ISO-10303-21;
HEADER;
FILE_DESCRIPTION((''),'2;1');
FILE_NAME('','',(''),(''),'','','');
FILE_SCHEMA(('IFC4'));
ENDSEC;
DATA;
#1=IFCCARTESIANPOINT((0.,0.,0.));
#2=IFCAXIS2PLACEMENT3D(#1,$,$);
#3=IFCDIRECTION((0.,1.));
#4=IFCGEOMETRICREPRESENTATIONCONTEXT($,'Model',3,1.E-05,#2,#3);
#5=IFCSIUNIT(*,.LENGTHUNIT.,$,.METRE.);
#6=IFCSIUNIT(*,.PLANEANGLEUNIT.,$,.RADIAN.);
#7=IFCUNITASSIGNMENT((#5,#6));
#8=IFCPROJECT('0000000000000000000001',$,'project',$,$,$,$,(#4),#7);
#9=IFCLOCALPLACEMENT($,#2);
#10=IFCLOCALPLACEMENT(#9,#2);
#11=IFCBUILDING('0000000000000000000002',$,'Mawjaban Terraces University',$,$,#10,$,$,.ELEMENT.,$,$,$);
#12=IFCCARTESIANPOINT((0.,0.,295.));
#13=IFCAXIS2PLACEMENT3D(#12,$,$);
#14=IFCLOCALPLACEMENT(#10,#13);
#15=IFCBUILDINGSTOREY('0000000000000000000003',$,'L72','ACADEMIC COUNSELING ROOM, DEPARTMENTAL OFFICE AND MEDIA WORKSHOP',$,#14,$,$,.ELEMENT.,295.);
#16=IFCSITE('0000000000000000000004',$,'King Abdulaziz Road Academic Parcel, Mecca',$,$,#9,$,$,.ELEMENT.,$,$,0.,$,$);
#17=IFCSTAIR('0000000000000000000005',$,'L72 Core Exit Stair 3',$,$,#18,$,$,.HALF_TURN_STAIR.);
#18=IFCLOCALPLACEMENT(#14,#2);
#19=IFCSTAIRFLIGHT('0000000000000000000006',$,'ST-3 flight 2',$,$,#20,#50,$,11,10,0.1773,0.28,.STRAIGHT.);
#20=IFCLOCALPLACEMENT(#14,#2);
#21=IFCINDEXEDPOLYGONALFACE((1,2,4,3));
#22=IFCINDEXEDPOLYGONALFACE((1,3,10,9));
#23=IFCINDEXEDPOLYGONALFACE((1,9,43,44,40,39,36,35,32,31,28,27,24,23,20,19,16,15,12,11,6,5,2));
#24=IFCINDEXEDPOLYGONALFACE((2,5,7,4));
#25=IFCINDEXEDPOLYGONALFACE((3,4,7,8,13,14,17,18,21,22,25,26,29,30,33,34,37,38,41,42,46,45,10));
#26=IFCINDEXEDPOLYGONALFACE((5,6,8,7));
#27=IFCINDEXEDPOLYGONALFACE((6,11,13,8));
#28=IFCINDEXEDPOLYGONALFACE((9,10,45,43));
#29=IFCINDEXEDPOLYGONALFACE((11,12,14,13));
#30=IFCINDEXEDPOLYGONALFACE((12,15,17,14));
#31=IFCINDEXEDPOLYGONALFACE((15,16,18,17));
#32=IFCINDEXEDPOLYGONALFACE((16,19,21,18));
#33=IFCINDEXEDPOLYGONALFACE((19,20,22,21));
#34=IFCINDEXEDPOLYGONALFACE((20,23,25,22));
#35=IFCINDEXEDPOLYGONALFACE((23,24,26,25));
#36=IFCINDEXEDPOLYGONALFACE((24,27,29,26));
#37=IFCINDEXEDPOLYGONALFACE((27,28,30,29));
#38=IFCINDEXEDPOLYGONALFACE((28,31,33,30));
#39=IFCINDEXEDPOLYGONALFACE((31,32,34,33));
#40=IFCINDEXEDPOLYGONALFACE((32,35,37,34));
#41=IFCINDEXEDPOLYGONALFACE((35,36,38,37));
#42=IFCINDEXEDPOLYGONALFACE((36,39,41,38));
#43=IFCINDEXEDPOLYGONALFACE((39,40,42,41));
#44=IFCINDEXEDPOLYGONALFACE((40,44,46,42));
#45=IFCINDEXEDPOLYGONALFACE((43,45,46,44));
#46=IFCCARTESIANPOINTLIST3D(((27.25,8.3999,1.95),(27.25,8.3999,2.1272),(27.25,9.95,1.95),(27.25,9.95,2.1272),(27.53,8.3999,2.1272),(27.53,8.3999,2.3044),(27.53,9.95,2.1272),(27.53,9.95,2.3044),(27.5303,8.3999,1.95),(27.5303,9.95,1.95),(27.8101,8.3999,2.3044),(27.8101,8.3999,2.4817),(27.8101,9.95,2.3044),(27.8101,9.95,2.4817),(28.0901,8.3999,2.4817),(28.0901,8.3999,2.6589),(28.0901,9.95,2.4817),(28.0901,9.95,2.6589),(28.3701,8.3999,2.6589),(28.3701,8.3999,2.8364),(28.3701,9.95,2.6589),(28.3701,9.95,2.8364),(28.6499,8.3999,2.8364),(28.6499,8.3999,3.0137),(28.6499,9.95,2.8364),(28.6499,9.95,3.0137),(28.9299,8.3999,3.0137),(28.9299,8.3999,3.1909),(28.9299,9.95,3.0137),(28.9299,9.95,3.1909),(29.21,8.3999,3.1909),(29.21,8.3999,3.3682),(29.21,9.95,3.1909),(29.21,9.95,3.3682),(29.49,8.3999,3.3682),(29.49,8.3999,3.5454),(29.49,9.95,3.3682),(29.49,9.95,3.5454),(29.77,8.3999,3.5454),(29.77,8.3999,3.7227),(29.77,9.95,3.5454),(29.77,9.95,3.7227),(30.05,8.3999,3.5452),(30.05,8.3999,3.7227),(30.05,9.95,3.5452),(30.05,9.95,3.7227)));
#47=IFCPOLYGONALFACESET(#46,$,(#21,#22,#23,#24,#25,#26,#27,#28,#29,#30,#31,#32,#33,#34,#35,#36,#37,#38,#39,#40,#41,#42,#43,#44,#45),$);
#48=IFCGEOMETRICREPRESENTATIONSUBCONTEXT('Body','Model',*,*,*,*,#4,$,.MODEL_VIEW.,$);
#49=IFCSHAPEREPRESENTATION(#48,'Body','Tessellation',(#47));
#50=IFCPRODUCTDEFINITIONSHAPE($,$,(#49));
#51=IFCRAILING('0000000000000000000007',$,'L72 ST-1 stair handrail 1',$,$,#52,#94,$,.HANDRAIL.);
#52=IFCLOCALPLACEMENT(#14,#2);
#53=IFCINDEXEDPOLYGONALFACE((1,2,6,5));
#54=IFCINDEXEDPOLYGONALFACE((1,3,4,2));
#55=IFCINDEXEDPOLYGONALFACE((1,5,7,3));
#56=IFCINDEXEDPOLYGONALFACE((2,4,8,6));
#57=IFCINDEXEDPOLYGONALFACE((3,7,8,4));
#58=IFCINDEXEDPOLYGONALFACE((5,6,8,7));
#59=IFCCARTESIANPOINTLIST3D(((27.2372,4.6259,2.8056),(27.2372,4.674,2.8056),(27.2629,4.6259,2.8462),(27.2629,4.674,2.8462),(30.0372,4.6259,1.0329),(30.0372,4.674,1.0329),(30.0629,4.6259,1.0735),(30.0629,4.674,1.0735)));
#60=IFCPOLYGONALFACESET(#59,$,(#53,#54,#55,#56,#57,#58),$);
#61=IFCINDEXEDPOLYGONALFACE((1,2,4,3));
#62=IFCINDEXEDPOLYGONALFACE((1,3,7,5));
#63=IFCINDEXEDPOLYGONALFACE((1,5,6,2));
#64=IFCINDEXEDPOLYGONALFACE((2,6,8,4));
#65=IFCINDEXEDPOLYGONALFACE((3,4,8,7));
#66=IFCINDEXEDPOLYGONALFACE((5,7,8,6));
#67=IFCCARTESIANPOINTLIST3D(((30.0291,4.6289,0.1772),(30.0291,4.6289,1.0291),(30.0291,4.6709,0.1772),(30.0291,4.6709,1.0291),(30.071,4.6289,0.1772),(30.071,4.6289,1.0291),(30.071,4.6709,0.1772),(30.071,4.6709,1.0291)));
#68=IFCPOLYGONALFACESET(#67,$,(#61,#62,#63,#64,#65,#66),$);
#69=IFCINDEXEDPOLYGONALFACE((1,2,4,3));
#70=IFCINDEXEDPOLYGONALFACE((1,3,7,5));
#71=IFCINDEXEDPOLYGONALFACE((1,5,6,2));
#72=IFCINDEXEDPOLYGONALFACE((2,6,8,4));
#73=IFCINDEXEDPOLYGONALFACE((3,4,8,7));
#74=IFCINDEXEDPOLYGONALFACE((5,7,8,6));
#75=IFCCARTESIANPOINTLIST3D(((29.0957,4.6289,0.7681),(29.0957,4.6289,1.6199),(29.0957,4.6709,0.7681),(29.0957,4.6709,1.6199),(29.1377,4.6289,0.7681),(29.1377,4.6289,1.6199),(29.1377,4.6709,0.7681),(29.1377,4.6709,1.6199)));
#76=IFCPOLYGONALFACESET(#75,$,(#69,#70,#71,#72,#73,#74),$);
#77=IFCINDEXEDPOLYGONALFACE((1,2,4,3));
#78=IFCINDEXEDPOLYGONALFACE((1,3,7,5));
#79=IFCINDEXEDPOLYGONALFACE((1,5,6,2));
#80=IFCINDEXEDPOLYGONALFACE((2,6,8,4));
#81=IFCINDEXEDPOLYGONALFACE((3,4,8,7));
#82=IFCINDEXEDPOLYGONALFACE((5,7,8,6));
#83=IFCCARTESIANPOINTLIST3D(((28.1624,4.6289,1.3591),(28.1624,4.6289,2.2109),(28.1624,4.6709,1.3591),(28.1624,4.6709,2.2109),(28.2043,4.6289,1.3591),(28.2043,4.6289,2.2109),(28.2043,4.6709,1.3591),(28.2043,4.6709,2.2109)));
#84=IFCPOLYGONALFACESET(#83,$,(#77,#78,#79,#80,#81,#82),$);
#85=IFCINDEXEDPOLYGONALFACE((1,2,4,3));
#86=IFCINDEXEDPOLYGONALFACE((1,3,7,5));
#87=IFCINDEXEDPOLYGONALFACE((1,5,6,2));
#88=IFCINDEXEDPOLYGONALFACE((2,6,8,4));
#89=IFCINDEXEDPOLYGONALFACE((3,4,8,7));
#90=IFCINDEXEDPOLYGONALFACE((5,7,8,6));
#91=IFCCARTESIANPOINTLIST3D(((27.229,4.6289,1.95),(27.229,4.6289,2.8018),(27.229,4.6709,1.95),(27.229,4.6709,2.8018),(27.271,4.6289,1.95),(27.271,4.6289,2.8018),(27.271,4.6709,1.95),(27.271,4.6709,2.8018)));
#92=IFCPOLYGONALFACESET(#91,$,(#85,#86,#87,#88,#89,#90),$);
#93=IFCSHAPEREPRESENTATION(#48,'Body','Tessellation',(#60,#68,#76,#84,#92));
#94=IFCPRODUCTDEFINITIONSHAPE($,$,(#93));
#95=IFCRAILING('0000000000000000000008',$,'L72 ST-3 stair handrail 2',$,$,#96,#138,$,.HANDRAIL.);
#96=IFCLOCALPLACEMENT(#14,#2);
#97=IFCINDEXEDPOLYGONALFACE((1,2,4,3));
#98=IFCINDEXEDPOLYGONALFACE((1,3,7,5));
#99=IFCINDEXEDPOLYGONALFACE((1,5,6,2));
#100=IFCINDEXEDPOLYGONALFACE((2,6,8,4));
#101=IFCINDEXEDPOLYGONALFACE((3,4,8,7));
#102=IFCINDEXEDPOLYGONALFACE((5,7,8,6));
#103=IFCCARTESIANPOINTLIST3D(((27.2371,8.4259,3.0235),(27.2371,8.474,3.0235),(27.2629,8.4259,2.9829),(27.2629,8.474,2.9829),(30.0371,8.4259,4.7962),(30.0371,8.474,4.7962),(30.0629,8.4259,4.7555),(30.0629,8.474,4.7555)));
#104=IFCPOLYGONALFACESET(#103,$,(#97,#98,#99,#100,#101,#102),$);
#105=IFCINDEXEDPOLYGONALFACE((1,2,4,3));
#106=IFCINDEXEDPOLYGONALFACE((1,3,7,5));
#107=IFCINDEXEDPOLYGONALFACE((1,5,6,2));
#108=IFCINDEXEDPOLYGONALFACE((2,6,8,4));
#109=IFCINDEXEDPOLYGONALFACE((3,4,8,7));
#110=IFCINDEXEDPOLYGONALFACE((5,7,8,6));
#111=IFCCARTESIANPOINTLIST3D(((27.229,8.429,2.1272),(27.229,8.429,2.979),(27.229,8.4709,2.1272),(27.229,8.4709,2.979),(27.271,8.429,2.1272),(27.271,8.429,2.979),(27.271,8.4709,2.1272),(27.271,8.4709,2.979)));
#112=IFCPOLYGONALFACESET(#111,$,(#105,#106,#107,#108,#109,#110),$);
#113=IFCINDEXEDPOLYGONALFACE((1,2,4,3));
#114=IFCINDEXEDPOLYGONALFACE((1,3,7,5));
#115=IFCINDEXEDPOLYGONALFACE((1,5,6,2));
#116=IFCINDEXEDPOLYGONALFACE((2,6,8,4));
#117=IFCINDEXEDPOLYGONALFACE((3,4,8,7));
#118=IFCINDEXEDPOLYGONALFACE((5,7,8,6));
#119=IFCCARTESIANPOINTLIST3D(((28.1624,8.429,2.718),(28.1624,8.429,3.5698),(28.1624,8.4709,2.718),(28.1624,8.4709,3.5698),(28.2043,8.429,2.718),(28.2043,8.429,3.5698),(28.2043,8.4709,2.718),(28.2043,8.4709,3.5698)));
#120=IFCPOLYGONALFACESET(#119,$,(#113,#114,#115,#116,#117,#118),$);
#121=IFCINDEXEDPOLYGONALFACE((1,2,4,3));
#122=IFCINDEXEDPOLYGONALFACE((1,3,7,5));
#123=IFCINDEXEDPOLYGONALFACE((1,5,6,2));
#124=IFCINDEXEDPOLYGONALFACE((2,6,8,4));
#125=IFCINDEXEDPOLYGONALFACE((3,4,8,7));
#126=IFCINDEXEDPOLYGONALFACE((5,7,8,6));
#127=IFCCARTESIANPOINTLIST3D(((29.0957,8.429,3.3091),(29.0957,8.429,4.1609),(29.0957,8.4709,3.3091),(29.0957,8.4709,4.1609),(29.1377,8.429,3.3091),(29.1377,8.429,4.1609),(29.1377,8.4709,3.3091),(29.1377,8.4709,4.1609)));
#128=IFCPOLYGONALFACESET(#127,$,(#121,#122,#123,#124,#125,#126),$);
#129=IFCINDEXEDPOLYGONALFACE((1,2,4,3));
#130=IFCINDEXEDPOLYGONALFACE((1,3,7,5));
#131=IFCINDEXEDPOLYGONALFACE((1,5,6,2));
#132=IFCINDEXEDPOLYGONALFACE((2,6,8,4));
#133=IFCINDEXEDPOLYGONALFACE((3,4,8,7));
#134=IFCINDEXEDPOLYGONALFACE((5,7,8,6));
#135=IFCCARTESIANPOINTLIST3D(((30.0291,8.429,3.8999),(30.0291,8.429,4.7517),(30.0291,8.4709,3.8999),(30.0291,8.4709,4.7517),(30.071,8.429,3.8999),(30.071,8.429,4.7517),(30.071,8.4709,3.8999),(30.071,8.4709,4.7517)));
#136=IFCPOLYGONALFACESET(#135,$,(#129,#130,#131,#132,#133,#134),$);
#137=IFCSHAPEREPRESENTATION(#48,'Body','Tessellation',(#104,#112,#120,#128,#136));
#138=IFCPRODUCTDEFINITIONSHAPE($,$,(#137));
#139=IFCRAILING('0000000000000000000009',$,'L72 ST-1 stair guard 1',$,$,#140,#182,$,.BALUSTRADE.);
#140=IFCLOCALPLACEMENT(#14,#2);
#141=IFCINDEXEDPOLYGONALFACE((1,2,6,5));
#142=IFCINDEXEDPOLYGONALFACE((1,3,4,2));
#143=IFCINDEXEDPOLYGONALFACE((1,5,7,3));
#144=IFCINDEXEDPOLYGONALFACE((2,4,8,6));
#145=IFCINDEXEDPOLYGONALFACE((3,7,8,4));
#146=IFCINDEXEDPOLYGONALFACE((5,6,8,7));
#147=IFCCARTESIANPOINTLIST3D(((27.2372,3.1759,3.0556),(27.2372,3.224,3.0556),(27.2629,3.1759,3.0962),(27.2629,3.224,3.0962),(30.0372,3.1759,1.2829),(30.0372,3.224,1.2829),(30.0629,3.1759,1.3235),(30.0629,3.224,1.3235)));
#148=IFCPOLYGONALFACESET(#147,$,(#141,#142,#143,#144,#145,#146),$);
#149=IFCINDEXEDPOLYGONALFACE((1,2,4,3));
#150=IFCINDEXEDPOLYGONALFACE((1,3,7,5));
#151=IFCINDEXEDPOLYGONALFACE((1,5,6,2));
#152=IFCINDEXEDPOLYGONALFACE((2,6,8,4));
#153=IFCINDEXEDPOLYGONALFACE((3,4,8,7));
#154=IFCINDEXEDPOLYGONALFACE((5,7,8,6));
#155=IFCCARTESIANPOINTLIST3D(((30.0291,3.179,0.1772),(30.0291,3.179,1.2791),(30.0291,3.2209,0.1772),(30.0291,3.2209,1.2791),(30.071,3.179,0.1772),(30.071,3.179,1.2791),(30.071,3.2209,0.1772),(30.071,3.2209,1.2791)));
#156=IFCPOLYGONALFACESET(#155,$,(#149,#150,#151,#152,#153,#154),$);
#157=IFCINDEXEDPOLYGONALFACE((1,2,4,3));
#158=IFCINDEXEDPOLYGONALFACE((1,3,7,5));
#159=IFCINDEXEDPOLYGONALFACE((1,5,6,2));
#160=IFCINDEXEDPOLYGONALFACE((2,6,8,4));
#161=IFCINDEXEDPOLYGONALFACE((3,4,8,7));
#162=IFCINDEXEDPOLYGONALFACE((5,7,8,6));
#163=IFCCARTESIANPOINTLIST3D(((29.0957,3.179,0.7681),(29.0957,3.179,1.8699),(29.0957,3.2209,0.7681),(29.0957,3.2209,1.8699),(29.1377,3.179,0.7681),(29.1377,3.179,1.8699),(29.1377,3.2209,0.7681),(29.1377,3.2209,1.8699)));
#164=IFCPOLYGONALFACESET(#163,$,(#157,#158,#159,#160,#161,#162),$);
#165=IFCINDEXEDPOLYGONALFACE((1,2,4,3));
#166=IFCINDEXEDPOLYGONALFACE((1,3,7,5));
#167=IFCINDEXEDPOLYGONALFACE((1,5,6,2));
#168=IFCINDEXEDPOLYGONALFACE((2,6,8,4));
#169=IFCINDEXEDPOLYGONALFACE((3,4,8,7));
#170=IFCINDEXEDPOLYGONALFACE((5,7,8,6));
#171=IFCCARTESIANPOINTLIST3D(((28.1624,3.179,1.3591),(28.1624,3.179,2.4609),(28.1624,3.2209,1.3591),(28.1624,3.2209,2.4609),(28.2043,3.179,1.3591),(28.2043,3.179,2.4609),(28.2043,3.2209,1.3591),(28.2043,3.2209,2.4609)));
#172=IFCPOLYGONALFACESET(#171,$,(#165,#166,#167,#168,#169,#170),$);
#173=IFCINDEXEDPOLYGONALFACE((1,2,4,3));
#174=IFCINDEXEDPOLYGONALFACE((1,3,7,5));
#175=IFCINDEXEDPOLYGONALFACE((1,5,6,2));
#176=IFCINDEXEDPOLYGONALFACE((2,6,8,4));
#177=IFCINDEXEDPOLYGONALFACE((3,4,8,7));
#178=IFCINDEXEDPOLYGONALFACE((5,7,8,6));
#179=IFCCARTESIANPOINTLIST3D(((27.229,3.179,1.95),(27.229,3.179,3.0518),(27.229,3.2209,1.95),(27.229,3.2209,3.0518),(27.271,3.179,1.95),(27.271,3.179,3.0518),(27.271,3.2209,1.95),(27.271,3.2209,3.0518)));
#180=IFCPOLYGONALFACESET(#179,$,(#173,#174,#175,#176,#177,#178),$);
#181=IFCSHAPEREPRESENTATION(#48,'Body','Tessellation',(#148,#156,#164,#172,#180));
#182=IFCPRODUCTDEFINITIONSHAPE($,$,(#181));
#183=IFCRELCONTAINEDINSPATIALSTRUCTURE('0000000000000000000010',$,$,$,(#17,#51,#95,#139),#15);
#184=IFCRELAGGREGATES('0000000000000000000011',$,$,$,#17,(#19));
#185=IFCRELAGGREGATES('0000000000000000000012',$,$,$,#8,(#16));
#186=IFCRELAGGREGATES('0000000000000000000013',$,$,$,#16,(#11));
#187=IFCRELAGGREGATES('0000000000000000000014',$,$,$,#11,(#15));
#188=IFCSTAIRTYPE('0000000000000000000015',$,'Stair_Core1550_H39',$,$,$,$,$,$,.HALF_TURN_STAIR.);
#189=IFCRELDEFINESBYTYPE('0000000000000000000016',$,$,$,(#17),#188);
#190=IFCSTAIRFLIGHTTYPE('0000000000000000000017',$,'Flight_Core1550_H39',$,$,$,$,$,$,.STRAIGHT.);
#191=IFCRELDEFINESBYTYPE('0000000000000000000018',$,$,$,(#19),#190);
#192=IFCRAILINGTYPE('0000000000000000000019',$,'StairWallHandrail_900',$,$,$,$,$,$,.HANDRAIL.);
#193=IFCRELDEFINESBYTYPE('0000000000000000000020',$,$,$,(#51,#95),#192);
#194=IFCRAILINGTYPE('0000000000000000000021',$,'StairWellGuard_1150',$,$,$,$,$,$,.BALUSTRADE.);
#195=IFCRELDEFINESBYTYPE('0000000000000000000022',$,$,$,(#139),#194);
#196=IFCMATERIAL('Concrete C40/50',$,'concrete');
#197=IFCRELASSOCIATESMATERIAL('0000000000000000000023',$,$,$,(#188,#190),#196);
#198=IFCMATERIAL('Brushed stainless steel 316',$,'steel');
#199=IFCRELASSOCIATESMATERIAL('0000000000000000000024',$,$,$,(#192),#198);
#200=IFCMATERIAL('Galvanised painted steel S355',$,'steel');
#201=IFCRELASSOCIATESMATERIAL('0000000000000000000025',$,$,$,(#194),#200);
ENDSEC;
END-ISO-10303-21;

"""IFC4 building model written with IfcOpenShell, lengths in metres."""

from ifc_helpers import new_model, si_unit, direction, frame, origin, origin_2d, place, context, subcontext, project, spatial, polyline, rectangle, outline, extrude, material, type_object, element, aggregate, save


model = new_model("IFC4")

# Units and contexts
model_context = context("Model", 3, precision=1e-05, world=origin(), true_north=direction((0.0, 1.0)))
body_context = subcontext(model_context, "Body", "Model", "MODEL_VIEW")
ifc_project = project(units=[si_unit("LENGTHUNIT", "METRE"), si_unit("PLANEANGLEUNIT", "RADIAN")], contexts=[model_context])

# Site, building, storey
site_placement = place(None, origin())
site = spatial("IfcSite", under=ifc_project, at=site_placement, Name="King Abdulaziz Road Academic Parcel, Mecca", CompositionType="ELEMENT", RefElevation=0.0)
building_placement = place(site_placement, origin())
building = spatial("IfcBuilding", under=site, at=building_placement, Name="Mawjaban Terraces University", CompositionType="ELEMENT")
storey_placement = place(building_placement, frame((0.0, 0.0, 295.0)))
storey = spatial("IfcBuildingStorey", under=building, at=storey_placement, Name="L72", Description="ACADEMIC COUNSELING ROOM, DEPARTMENTAL OFFICE AND MEDIA WORKSHOP", CompositionType="ELEMENT", Elevation=295.0)

# Shared definitions
ifc_material_1 = material(Name="Concrete C40/50", Category="concrete")

# Stair, stair flight
stair_type = type_object("IfcStairType", Name="Stair_Core1550_H39", PredefinedType="HALF_TURN_STAIR", material=ifc_material_1)
stair_flight_type = type_object("IfcStairFlightType", Name="Flight_Core1550_H39", PredefinedType="STRAIGHT", material=ifc_material_1)
stair_1_placement = place(storey_placement, origin())
stair_1 = element("IfcStair", 1, at=stair_1_placement, inside=storey, type_object=stair_type, Name="L72 Core Exit Stair 3", PredefinedType="HALF_TURN_STAIR")
stair_flight_1_placement = place(storey_placement, frame((27.25, 9.175, 1.95), z_axis=(0.0, 0.0, 1.0), x_axis=(1.0, 0.0, 0.0)))
stair_flight_1 = element("IfcStairFlight", 2, at=stair_flight_1_placement, type_object=stair_flight_type, Name="ST-3 flight 2", NumberOfRisers=11, NumberOfTreads=10, PredefinedType="STRAIGHT", RiserHeight=0.1773, TreadLength=0.28, context=body_context, shape_type="SweptSolid", body=[
    extrude(outline(polyline([(0.0, 0.0), (0.0, 0.1772), (0.28, 0.1772), (0.28, 0.3545), (0.5601, 0.3545), (0.5601, 0.5317), (0.8401, 0.5317), (0.8401, 0.709), (1.1201, 0.709), (1.1201, 0.8865), (1.3999, 0.8865), (1.3999, 1.0637), (1.6799, 1.0637), (1.6799, 1.241), (1.96, 1.241), (1.96, 1.4182), (2.24, 1.4182), (2.24, 1.5955), (2.52, 1.5955), (2.52, 1.7727), (2.8, 1.7727), (2.8, 1.95), (2.8, 1.5952), (0.2803, 0.0), (0.0, 0.0)])), frame((0.0, 0.7749, 0.0), z_axis=(0.0, -1.0, 0.0), x_axis=(1.0, 0.0, 0.0)), (0.0, 0.0, 1.0), 1.55),
])
aggregate(stair_1, [stair_flight_1])

# Railings
ifc_material_2 = material(Name="Brushed stainless steel 316", Category="steel")
railing_type_1 = type_object("IfcRailingType", Name="StairWallHandrail_900", PredefinedType="HANDRAIL", material=ifc_material_2)
railing_1_placement = place(storey_placement, frame((30.05, 4.6499, 0.1772)))
element("IfcRailing", 3, at=railing_1_placement, inside=storey, type_object=railing_type_1, Name="L72 ST-1 stair handrail 1", PredefinedType="HANDRAIL", context=body_context, shape_type="SweptSolid", body=[
    extrude(rectangle(XDim=0.0481, YDim=0.0481, at=origin_2d()), frame((0.0, 0.0, 0.876), z_axis=(-0.844909, 0.0, 0.53491), x_axis=(0.0, -1.0, 0.0)), (0.0, 0.0, 1.0), 3.314),
    extrude(rectangle(XDim=0.042, YDim=0.042, at=origin_2d()), origin(), (0.0, 0.0, 1.0), 0.8518),
    extrude(rectangle(XDim=0.042, YDim=0.042, at=origin_2d()), frame((-0.9333, 0.0, 0.5908)), (0.0, 0.0, 1.0), 0.8518),
    extrude(rectangle(XDim=0.042, YDim=0.042, at=origin_2d()), frame((-1.8667, 0.0, 1.1819)), (0.0, 0.0, 1.0), 0.8518),
    extrude(rectangle(XDim=0.042, YDim=0.042, at=origin_2d()), frame((-2.8, 0.0, 1.7727)), (0.0, 0.0, 1.0), 0.8518),
])
railing_2_placement = place(storey_placement, frame((27.25, 8.45, 2.1272)))
element("IfcRailing", 4, at=railing_2_placement, inside=storey, type_object=railing_type_1, Name="L72 ST-3 stair handrail 2", PredefinedType="HANDRAIL", context=body_context, shape_type="SweptSolid", body=[
    extrude(rectangle(XDim=0.0481, YDim=0.0481, at=origin_2d()), frame((0.0, 0.0, 0.876), z_axis=(0.844909, 0.0, 0.53491), x_axis=(0.0, 1.0, 0.0)), (0.0, 0.0, 1.0), 3.314),
    extrude(rectangle(XDim=0.042, YDim=0.042, at=origin_2d()), origin(), (0.0, 0.0, 1.0), 0.8518),
    extrude(rectangle(XDim=0.042, YDim=0.042, at=origin_2d()), frame((0.9333, 0.0, 0.5908)), (0.0, 0.0, 1.0), 0.8518),
    extrude(rectangle(XDim=0.042, YDim=0.042, at=origin_2d()), frame((1.8667, 0.0, 1.1819)), (0.0, 0.0, 1.0), 0.8518),
    extrude(rectangle(XDim=0.042, YDim=0.042, at=origin_2d()), frame((2.8, 0.0, 1.7727)), (0.0, 0.0, 1.0), 0.8518),
])
ifc_material_3 = material(Name="Galvanised painted steel S355", Category="steel")
railing_type_2 = type_object("IfcRailingType", Name="StairWellGuard_1150", PredefinedType="BALUSTRADE", material=ifc_material_3)
railing_3_placement = place(storey_placement, frame((30.05, 3.2, 0.1772)))
element("IfcRailing", 5, at=railing_3_placement, inside=storey, type_object=railing_type_2, Name="L72 ST-1 stair guard 1", PredefinedType="BALUSTRADE", context=body_context, shape_type="SweptSolid", body=[
    extrude(rectangle(XDim=0.0481, YDim=0.0481, at=origin_2d()), frame((0.0, 0.0, 1.126), z_axis=(-0.844909, 0.0, 0.53491), x_axis=(0.0, -1.0, 0.0)), (0.0, 0.0, 1.0), 3.314),
    extrude(rectangle(XDim=0.042, YDim=0.042, at=origin_2d()), origin(), (0.0, 0.0, 1.0), 1.1018),
    extrude(rectangle(XDim=0.042, YDim=0.042, at=origin_2d()), frame((-0.9333, 0.0, 0.5908)), (0.0, 0.0, 1.0), 1.1018),
    extrude(rectangle(XDim=0.042, YDim=0.042, at=origin_2d()), frame((-1.8667, 0.0, 1.1819)), (0.0, 0.0, 1.0), 1.1018),
    extrude(rectangle(XDim=0.042, YDim=0.042, at=origin_2d()), frame((-2.8, 0.0, 1.7727)), (0.0, 0.0, 1.0), 1.1018),
])

save(model, "model.ifc")
